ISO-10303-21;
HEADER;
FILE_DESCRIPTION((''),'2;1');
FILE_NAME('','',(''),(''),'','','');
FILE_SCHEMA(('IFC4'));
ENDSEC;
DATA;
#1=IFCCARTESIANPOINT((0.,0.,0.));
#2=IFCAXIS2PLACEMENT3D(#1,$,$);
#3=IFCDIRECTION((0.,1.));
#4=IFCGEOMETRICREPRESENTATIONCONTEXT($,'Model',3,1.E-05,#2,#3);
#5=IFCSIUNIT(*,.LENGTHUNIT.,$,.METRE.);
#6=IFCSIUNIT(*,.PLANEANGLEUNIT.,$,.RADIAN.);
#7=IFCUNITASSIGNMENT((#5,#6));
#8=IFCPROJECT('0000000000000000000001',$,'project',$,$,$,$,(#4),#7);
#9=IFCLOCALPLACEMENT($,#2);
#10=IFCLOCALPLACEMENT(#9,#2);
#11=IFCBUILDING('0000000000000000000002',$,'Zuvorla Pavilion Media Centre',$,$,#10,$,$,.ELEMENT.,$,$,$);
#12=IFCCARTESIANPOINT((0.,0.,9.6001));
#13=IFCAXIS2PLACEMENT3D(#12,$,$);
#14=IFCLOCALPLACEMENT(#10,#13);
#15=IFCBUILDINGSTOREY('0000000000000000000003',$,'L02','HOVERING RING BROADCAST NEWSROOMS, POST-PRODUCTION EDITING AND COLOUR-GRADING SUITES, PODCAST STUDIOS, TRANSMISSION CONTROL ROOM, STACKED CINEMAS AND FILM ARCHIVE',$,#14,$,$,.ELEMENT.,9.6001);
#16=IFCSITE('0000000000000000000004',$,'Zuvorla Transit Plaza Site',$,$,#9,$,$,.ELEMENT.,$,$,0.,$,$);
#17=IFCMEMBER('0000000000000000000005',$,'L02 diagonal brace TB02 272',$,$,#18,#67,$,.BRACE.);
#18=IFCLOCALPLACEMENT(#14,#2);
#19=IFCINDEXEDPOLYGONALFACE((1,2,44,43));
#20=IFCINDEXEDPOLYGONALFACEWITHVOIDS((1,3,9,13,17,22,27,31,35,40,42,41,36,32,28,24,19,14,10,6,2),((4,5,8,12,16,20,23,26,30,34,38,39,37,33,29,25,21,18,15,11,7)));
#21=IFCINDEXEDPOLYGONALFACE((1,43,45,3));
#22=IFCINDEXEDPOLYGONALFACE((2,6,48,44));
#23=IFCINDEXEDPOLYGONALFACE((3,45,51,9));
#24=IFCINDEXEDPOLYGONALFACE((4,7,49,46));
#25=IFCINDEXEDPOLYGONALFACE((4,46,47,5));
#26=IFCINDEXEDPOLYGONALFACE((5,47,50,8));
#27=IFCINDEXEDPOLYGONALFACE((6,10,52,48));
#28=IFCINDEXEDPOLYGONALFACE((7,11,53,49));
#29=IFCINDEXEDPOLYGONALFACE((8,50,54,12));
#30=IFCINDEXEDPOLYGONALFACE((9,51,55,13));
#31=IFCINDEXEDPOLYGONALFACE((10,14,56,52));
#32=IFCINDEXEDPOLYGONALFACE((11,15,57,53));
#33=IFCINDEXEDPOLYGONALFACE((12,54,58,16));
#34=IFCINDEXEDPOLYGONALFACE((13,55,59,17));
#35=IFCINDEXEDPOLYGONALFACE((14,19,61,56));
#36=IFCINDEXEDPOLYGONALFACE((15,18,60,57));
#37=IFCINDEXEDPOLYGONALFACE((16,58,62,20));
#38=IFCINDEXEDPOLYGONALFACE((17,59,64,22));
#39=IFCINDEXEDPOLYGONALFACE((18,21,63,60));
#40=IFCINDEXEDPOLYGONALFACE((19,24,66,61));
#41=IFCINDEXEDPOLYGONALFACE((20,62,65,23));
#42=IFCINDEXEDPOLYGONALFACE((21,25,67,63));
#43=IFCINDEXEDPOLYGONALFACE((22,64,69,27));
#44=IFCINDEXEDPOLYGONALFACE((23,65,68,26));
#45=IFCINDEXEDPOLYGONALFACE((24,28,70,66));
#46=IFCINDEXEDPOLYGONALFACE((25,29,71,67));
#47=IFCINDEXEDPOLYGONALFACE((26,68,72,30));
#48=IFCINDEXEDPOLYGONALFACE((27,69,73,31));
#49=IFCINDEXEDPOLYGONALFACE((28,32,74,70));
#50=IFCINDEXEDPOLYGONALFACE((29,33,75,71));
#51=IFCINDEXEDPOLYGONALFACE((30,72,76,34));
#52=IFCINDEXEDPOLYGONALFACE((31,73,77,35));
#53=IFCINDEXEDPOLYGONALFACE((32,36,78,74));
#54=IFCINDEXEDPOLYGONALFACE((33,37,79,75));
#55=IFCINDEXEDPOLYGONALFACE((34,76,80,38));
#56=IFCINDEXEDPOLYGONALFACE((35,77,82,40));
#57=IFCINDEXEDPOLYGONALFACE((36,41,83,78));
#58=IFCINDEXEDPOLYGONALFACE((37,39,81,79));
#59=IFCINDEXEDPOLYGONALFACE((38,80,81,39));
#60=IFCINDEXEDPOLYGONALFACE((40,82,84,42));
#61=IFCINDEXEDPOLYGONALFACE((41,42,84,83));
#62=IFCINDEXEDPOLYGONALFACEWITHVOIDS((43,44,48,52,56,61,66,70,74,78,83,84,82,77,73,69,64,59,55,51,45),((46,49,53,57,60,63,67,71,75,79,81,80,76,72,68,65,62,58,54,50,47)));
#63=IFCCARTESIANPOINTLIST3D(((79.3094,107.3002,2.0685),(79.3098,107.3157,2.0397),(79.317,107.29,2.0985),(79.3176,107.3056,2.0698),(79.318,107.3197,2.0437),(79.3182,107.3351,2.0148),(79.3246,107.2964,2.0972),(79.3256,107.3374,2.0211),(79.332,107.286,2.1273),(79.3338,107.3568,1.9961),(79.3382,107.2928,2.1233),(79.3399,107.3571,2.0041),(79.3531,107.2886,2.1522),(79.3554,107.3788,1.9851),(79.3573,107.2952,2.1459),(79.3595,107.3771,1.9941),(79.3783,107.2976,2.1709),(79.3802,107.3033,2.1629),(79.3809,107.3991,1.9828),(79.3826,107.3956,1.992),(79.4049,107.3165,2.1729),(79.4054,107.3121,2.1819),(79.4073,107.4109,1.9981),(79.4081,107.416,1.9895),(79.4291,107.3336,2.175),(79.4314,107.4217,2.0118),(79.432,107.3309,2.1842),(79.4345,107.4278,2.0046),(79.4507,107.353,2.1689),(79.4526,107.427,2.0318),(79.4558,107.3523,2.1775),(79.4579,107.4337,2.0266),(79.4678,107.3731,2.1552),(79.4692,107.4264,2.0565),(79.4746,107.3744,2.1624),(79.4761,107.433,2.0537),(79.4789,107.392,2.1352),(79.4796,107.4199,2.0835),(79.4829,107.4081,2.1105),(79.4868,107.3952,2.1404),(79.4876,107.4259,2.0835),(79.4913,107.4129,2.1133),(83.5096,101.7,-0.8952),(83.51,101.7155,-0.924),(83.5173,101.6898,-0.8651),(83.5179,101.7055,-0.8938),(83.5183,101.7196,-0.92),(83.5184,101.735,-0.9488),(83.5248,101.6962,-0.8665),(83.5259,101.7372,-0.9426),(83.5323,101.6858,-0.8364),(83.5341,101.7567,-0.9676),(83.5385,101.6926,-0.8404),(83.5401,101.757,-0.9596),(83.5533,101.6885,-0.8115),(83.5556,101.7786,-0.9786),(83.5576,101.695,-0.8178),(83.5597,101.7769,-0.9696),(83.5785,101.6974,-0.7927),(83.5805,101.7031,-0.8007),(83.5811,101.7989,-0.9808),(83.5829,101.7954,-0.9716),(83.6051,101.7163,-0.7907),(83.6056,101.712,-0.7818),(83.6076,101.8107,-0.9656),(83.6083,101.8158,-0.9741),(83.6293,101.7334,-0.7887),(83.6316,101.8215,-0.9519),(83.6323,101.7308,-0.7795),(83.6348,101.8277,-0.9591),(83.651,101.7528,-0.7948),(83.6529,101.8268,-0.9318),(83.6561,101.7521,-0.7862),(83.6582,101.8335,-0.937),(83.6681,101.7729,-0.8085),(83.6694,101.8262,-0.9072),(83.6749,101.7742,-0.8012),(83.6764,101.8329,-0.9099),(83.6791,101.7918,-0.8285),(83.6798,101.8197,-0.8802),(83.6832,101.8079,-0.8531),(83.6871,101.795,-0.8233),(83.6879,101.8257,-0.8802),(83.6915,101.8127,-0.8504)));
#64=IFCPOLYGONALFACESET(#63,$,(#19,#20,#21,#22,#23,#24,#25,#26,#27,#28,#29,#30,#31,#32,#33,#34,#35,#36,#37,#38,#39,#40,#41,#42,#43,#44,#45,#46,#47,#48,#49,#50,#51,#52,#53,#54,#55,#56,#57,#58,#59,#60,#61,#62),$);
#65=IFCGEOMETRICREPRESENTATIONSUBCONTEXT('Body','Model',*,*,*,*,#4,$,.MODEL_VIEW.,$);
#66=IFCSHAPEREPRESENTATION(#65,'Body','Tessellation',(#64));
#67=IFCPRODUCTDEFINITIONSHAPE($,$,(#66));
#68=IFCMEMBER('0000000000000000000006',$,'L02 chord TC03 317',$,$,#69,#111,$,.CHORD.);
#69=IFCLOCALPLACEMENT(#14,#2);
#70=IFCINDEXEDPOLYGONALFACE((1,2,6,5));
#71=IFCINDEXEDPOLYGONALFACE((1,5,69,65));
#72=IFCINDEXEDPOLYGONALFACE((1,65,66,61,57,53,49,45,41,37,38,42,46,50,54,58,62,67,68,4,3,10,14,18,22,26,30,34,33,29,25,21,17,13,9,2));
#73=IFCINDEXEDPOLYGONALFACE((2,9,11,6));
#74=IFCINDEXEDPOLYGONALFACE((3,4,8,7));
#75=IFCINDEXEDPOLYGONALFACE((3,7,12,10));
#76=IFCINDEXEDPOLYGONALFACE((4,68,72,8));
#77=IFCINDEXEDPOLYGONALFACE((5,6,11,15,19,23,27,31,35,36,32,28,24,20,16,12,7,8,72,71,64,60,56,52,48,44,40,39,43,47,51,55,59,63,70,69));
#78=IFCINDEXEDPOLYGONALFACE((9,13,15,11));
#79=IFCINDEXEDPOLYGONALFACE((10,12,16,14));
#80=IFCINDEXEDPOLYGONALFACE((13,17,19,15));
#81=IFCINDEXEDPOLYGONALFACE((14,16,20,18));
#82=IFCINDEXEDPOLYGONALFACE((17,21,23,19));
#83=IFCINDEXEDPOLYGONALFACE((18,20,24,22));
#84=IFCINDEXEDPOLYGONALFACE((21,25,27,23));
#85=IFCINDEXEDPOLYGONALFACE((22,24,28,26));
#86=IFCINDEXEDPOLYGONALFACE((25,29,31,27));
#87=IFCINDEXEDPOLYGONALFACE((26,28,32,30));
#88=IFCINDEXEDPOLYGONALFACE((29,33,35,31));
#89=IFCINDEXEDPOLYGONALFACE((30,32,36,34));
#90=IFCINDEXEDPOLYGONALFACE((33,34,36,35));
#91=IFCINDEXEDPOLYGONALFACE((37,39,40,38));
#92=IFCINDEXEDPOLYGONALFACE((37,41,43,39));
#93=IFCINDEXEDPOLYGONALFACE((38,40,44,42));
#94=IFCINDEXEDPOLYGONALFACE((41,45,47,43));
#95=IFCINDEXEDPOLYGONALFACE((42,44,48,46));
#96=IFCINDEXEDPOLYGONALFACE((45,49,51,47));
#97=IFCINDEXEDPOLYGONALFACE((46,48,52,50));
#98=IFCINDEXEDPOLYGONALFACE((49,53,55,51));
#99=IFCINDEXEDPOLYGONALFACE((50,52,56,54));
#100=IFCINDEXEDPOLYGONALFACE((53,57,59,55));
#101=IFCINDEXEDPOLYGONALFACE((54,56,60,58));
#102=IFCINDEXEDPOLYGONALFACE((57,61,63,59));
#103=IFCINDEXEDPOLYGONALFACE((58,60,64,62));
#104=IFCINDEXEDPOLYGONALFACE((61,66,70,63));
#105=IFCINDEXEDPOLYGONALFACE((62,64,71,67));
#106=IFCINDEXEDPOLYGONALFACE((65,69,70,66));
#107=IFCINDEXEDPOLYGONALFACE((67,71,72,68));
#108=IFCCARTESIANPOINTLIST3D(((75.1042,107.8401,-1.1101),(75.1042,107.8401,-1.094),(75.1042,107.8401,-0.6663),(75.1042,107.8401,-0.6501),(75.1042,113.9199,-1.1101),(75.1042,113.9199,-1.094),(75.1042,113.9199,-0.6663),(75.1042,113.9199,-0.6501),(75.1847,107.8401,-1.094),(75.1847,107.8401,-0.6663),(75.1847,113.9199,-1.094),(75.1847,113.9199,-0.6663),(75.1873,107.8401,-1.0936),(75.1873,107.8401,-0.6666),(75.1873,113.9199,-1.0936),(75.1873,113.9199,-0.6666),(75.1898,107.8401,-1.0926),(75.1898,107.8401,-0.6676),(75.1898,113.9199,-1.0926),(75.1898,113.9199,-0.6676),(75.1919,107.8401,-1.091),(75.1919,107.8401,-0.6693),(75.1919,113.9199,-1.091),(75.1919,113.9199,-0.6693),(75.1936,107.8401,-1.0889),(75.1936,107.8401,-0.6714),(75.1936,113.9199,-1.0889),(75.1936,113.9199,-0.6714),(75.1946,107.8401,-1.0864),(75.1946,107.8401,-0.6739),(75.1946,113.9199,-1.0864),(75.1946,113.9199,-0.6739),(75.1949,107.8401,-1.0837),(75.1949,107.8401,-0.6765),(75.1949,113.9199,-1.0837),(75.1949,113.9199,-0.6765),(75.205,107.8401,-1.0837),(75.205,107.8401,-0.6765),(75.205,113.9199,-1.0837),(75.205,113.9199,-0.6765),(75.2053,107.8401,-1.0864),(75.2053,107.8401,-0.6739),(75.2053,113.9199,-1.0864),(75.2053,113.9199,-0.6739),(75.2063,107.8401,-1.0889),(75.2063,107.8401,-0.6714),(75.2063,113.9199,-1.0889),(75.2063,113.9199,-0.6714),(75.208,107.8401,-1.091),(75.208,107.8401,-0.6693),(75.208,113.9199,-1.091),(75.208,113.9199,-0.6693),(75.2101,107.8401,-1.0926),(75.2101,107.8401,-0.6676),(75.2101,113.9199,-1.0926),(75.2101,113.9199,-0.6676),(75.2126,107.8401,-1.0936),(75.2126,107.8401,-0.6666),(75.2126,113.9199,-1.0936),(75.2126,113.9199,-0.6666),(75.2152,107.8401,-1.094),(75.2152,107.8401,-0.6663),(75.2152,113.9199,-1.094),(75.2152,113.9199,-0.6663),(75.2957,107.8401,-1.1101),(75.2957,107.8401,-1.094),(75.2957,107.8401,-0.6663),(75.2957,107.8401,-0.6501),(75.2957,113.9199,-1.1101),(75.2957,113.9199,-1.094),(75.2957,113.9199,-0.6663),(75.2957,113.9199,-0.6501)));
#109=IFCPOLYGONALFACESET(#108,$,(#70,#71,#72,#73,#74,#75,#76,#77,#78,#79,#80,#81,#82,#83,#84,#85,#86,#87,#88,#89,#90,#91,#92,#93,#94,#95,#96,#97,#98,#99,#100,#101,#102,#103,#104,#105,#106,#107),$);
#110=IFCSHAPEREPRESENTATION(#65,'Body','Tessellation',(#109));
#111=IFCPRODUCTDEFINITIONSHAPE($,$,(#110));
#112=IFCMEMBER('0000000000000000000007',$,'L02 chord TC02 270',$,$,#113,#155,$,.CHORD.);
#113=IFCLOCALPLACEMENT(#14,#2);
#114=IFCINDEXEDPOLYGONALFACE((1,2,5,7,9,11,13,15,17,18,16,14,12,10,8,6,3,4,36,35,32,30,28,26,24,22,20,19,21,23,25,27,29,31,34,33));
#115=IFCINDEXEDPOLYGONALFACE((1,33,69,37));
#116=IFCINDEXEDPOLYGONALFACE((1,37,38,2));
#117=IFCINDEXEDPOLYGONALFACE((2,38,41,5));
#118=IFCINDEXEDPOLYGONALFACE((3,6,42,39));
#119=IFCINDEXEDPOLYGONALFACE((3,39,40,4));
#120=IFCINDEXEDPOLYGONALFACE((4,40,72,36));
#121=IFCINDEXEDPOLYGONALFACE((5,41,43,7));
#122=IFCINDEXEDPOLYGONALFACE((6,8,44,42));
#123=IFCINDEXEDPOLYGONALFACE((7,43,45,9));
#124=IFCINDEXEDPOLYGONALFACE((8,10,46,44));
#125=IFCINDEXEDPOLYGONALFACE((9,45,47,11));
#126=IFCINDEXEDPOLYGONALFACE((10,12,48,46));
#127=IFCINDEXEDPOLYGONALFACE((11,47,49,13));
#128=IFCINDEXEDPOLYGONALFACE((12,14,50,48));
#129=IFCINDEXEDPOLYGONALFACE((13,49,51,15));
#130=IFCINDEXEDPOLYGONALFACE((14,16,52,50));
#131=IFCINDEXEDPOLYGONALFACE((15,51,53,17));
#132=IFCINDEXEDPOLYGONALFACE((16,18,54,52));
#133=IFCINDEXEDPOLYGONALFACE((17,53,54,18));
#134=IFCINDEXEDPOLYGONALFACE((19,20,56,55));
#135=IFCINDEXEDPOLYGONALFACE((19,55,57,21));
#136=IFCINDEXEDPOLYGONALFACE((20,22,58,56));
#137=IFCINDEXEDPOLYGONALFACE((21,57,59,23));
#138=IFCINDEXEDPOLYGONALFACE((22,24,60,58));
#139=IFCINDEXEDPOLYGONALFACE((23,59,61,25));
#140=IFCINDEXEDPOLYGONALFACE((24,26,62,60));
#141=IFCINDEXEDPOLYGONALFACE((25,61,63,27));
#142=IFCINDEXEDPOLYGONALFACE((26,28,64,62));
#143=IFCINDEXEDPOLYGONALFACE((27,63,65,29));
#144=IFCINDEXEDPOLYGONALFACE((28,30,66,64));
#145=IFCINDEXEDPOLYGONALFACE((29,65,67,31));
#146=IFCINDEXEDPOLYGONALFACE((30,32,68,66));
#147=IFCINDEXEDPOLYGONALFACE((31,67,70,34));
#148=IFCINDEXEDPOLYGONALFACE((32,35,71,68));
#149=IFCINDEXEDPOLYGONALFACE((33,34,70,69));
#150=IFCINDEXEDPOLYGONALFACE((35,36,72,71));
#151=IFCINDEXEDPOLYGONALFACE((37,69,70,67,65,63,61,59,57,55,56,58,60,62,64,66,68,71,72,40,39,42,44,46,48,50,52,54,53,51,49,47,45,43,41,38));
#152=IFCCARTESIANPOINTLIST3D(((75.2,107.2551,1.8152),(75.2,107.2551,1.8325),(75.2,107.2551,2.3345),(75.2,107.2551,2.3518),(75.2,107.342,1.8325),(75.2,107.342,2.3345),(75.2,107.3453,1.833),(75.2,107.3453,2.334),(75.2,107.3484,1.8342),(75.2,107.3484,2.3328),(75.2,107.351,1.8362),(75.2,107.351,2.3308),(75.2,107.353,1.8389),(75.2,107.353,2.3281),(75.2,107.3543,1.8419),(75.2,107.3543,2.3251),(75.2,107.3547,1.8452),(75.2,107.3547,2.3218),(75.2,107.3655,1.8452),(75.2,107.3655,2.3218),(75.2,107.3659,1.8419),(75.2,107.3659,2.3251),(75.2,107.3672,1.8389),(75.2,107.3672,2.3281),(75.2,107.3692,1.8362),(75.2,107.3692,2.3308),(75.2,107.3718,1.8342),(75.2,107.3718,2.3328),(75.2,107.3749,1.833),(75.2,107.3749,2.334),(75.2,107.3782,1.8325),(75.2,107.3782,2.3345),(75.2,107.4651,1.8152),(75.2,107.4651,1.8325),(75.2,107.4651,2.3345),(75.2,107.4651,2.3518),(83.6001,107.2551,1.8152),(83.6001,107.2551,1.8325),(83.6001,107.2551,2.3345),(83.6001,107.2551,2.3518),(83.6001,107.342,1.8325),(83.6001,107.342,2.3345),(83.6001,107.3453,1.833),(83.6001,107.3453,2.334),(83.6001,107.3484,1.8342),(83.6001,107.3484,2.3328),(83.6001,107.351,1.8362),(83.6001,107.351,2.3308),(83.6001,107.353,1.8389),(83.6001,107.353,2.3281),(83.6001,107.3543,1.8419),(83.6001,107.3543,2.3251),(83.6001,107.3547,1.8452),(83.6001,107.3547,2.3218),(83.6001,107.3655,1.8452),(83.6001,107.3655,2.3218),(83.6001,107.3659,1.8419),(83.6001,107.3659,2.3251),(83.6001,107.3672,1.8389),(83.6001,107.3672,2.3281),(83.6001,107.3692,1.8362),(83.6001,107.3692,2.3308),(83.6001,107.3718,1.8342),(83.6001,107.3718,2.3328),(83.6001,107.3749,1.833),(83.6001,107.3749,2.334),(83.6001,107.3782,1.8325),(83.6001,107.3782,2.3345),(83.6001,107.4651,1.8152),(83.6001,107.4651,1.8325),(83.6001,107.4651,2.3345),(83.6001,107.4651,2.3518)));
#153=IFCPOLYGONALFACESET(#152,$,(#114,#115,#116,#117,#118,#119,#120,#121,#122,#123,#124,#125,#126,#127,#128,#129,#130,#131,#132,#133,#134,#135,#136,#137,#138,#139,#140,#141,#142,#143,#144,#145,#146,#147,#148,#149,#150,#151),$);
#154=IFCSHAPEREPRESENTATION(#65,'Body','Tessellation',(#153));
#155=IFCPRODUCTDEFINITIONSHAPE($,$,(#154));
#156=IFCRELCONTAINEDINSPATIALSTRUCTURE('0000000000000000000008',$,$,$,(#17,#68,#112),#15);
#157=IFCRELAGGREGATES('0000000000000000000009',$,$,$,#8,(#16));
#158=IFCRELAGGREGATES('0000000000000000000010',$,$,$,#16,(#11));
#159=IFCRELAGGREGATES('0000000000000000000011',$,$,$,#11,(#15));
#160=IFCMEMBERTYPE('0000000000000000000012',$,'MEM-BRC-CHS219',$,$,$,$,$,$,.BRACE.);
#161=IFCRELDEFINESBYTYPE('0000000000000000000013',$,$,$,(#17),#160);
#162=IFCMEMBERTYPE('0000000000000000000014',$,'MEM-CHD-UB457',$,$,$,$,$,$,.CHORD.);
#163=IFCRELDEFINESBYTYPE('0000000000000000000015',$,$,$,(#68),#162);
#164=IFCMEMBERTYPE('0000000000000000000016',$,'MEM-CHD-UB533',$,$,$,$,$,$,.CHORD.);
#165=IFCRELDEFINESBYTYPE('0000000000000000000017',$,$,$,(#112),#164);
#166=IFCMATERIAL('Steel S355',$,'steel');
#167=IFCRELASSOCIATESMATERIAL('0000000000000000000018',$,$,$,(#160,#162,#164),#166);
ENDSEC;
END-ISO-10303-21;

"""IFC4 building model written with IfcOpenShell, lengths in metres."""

from ifc_helpers import new_model, si_unit, direction, frame, origin, origin_2d, place, context, subcontext, project, spatial, hollow_circle, i_section, extrude, material, material_profile, profile_set, type_object, element, save


model = new_model("IFC4")

# Units and contexts
model_context = context("Model", 3, precision=1e-05, world=origin(), true_north=direction((0.0, 1.0)))
body_context = subcontext(model_context, "Body", "Model", "MODEL_VIEW")
ifc_project = project(units=[si_unit("LENGTHUNIT", "METRE"), si_unit("PLANEANGLEUNIT", "RADIAN")], contexts=[model_context])

# Site, building, storey
site_placement = place(None, origin())
site = spatial("IfcSite", under=ifc_project, at=site_placement, Name="Zuvorla Transit Plaza Site", CompositionType="ELEMENT", RefElevation=0.0)
building_placement = place(site_placement, origin())
building = spatial("IfcBuilding", under=site, at=building_placement, Name="Zuvorla Pavilion Media Centre", CompositionType="ELEMENT")
storey_placement = place(building_placement, frame((0.0, 0.0, 9.6001)))
storey = spatial("IfcBuildingStorey", under=building, at=storey_placement, Name="L02", Description="HOVERING RING BROADCAST NEWSROOMS, POST-PRODUCTION EDITING AND COLOUR-GRADING SUITES, PODCAST STUDIOS, TRANSMISSION CONTROL ROOM, STACKED CINEMAS AND FILM ARCHIVE", CompositionType="ELEMENT", Elevation=9.6001)

# Shared definitions
ifc_material = material(Name="Steel S355", Category="steel")

# Members
ifc_material_profile_1 = material_profile(ifc_material, hollow_circle(Radius=0.1096, WallThickness=0.01, at=origin_2d()), Name="CHS 219.1x10")
ifc_profile_set_1 = profile_set([ifc_material_profile_1], Name="Steel S355")
member_type_1 = type_object("IfcMemberType", Name="MEM-BRC-CHS219", PredefinedType="BRACE", material=ifc_profile_set_1)
member_1_placement = place(storey_placement, frame((79.3999, 107.3601, 2.0835), z_axis=(0.552534, -0.73669, -0.389863), x_axis=(0.799992, 0.600011, 0.0)))
element("IfcMember", 1, at=member_1_placement, inside=storey, type_object=member_type_1, Name="L02 diagonal brace TB02 272", PredefinedType="BRACE", context=body_context, shape_type="SweptSolid", body=[
    extrude(hollow_circle(Radius=0.1096, WallThickness=0.01, at=origin_2d()), origin(), (0.0, 0.0, 1.0), 7.6018),
])
ifc_material_profile_2 = material_profile(ifc_material, i_section(OverallWidth=0.1914, OverallDepth=0.46, WebThickness=0.01, FlangeThickness=0.0161, FilletRadius=0.0103, at=origin_2d()), Name="UB 457x191x82")
ifc_profile_set_2 = profile_set([ifc_material_profile_2], Name="Steel S355")
member_type_2 = type_object("IfcMemberType", Name="MEM-CHD-UB457", PredefinedType="CHORD", material=ifc_profile_set_2)
member_2_placement = place(storey_placement, frame((75.2, 107.8401, -0.8801), z_axis=(0.0, 1.0, 0.0), x_axis=(-1.0, 0.0, 0.0)))
element("IfcMember", 2, at=member_2_placement, inside=storey, type_object=member_type_2, Name="L02 chord TC03 317", PredefinedType="CHORD", context=body_context, shape_type="SweptSolid", body=[
    extrude(i_section(OverallWidth=0.1914, OverallDepth=0.46, WebThickness=0.01, FlangeThickness=0.0161, FilletRadius=0.0103, at=origin_2d()), origin(), (0.0, 0.0, 1.0), 6.0798),
])
ifc_material_profile_3 = material_profile(ifc_material, i_section(OverallWidth=0.21, OverallDepth=0.5366, WebThickness=0.0107, FlangeThickness=0.0173, FilletRadius=0.0127, at=origin_2d()), Name="UB 533x210x101")
ifc_profile_set_3 = profile_set([ifc_material_profile_3], Name="Steel S355")
member_type_3 = type_object("IfcMemberType", Name="MEM-CHD-UB533", PredefinedType="CHORD", material=ifc_profile_set_3)
member_3_placement = place(storey_placement, frame((75.2, 107.3601, 2.0835), z_axis=(1.0, 0.0, 0.0), x_axis=(0.0, 1.0, 0.0)))
element("IfcMember", 3, at=member_3_placement, inside=storey, type_object=member_type_3, Name="L02 chord TC02 270", PredefinedType="CHORD", context=body_context, shape_type="SweptSolid", body=[
    extrude(i_section(OverallWidth=0.21, OverallDepth=0.5366, WebThickness=0.0107, FlangeThickness=0.0173, FilletRadius=0.0127, at=origin_2d()), origin(), (0.0, 0.0, 1.0), 8.4001),
])

save(model, "model.ifc")
